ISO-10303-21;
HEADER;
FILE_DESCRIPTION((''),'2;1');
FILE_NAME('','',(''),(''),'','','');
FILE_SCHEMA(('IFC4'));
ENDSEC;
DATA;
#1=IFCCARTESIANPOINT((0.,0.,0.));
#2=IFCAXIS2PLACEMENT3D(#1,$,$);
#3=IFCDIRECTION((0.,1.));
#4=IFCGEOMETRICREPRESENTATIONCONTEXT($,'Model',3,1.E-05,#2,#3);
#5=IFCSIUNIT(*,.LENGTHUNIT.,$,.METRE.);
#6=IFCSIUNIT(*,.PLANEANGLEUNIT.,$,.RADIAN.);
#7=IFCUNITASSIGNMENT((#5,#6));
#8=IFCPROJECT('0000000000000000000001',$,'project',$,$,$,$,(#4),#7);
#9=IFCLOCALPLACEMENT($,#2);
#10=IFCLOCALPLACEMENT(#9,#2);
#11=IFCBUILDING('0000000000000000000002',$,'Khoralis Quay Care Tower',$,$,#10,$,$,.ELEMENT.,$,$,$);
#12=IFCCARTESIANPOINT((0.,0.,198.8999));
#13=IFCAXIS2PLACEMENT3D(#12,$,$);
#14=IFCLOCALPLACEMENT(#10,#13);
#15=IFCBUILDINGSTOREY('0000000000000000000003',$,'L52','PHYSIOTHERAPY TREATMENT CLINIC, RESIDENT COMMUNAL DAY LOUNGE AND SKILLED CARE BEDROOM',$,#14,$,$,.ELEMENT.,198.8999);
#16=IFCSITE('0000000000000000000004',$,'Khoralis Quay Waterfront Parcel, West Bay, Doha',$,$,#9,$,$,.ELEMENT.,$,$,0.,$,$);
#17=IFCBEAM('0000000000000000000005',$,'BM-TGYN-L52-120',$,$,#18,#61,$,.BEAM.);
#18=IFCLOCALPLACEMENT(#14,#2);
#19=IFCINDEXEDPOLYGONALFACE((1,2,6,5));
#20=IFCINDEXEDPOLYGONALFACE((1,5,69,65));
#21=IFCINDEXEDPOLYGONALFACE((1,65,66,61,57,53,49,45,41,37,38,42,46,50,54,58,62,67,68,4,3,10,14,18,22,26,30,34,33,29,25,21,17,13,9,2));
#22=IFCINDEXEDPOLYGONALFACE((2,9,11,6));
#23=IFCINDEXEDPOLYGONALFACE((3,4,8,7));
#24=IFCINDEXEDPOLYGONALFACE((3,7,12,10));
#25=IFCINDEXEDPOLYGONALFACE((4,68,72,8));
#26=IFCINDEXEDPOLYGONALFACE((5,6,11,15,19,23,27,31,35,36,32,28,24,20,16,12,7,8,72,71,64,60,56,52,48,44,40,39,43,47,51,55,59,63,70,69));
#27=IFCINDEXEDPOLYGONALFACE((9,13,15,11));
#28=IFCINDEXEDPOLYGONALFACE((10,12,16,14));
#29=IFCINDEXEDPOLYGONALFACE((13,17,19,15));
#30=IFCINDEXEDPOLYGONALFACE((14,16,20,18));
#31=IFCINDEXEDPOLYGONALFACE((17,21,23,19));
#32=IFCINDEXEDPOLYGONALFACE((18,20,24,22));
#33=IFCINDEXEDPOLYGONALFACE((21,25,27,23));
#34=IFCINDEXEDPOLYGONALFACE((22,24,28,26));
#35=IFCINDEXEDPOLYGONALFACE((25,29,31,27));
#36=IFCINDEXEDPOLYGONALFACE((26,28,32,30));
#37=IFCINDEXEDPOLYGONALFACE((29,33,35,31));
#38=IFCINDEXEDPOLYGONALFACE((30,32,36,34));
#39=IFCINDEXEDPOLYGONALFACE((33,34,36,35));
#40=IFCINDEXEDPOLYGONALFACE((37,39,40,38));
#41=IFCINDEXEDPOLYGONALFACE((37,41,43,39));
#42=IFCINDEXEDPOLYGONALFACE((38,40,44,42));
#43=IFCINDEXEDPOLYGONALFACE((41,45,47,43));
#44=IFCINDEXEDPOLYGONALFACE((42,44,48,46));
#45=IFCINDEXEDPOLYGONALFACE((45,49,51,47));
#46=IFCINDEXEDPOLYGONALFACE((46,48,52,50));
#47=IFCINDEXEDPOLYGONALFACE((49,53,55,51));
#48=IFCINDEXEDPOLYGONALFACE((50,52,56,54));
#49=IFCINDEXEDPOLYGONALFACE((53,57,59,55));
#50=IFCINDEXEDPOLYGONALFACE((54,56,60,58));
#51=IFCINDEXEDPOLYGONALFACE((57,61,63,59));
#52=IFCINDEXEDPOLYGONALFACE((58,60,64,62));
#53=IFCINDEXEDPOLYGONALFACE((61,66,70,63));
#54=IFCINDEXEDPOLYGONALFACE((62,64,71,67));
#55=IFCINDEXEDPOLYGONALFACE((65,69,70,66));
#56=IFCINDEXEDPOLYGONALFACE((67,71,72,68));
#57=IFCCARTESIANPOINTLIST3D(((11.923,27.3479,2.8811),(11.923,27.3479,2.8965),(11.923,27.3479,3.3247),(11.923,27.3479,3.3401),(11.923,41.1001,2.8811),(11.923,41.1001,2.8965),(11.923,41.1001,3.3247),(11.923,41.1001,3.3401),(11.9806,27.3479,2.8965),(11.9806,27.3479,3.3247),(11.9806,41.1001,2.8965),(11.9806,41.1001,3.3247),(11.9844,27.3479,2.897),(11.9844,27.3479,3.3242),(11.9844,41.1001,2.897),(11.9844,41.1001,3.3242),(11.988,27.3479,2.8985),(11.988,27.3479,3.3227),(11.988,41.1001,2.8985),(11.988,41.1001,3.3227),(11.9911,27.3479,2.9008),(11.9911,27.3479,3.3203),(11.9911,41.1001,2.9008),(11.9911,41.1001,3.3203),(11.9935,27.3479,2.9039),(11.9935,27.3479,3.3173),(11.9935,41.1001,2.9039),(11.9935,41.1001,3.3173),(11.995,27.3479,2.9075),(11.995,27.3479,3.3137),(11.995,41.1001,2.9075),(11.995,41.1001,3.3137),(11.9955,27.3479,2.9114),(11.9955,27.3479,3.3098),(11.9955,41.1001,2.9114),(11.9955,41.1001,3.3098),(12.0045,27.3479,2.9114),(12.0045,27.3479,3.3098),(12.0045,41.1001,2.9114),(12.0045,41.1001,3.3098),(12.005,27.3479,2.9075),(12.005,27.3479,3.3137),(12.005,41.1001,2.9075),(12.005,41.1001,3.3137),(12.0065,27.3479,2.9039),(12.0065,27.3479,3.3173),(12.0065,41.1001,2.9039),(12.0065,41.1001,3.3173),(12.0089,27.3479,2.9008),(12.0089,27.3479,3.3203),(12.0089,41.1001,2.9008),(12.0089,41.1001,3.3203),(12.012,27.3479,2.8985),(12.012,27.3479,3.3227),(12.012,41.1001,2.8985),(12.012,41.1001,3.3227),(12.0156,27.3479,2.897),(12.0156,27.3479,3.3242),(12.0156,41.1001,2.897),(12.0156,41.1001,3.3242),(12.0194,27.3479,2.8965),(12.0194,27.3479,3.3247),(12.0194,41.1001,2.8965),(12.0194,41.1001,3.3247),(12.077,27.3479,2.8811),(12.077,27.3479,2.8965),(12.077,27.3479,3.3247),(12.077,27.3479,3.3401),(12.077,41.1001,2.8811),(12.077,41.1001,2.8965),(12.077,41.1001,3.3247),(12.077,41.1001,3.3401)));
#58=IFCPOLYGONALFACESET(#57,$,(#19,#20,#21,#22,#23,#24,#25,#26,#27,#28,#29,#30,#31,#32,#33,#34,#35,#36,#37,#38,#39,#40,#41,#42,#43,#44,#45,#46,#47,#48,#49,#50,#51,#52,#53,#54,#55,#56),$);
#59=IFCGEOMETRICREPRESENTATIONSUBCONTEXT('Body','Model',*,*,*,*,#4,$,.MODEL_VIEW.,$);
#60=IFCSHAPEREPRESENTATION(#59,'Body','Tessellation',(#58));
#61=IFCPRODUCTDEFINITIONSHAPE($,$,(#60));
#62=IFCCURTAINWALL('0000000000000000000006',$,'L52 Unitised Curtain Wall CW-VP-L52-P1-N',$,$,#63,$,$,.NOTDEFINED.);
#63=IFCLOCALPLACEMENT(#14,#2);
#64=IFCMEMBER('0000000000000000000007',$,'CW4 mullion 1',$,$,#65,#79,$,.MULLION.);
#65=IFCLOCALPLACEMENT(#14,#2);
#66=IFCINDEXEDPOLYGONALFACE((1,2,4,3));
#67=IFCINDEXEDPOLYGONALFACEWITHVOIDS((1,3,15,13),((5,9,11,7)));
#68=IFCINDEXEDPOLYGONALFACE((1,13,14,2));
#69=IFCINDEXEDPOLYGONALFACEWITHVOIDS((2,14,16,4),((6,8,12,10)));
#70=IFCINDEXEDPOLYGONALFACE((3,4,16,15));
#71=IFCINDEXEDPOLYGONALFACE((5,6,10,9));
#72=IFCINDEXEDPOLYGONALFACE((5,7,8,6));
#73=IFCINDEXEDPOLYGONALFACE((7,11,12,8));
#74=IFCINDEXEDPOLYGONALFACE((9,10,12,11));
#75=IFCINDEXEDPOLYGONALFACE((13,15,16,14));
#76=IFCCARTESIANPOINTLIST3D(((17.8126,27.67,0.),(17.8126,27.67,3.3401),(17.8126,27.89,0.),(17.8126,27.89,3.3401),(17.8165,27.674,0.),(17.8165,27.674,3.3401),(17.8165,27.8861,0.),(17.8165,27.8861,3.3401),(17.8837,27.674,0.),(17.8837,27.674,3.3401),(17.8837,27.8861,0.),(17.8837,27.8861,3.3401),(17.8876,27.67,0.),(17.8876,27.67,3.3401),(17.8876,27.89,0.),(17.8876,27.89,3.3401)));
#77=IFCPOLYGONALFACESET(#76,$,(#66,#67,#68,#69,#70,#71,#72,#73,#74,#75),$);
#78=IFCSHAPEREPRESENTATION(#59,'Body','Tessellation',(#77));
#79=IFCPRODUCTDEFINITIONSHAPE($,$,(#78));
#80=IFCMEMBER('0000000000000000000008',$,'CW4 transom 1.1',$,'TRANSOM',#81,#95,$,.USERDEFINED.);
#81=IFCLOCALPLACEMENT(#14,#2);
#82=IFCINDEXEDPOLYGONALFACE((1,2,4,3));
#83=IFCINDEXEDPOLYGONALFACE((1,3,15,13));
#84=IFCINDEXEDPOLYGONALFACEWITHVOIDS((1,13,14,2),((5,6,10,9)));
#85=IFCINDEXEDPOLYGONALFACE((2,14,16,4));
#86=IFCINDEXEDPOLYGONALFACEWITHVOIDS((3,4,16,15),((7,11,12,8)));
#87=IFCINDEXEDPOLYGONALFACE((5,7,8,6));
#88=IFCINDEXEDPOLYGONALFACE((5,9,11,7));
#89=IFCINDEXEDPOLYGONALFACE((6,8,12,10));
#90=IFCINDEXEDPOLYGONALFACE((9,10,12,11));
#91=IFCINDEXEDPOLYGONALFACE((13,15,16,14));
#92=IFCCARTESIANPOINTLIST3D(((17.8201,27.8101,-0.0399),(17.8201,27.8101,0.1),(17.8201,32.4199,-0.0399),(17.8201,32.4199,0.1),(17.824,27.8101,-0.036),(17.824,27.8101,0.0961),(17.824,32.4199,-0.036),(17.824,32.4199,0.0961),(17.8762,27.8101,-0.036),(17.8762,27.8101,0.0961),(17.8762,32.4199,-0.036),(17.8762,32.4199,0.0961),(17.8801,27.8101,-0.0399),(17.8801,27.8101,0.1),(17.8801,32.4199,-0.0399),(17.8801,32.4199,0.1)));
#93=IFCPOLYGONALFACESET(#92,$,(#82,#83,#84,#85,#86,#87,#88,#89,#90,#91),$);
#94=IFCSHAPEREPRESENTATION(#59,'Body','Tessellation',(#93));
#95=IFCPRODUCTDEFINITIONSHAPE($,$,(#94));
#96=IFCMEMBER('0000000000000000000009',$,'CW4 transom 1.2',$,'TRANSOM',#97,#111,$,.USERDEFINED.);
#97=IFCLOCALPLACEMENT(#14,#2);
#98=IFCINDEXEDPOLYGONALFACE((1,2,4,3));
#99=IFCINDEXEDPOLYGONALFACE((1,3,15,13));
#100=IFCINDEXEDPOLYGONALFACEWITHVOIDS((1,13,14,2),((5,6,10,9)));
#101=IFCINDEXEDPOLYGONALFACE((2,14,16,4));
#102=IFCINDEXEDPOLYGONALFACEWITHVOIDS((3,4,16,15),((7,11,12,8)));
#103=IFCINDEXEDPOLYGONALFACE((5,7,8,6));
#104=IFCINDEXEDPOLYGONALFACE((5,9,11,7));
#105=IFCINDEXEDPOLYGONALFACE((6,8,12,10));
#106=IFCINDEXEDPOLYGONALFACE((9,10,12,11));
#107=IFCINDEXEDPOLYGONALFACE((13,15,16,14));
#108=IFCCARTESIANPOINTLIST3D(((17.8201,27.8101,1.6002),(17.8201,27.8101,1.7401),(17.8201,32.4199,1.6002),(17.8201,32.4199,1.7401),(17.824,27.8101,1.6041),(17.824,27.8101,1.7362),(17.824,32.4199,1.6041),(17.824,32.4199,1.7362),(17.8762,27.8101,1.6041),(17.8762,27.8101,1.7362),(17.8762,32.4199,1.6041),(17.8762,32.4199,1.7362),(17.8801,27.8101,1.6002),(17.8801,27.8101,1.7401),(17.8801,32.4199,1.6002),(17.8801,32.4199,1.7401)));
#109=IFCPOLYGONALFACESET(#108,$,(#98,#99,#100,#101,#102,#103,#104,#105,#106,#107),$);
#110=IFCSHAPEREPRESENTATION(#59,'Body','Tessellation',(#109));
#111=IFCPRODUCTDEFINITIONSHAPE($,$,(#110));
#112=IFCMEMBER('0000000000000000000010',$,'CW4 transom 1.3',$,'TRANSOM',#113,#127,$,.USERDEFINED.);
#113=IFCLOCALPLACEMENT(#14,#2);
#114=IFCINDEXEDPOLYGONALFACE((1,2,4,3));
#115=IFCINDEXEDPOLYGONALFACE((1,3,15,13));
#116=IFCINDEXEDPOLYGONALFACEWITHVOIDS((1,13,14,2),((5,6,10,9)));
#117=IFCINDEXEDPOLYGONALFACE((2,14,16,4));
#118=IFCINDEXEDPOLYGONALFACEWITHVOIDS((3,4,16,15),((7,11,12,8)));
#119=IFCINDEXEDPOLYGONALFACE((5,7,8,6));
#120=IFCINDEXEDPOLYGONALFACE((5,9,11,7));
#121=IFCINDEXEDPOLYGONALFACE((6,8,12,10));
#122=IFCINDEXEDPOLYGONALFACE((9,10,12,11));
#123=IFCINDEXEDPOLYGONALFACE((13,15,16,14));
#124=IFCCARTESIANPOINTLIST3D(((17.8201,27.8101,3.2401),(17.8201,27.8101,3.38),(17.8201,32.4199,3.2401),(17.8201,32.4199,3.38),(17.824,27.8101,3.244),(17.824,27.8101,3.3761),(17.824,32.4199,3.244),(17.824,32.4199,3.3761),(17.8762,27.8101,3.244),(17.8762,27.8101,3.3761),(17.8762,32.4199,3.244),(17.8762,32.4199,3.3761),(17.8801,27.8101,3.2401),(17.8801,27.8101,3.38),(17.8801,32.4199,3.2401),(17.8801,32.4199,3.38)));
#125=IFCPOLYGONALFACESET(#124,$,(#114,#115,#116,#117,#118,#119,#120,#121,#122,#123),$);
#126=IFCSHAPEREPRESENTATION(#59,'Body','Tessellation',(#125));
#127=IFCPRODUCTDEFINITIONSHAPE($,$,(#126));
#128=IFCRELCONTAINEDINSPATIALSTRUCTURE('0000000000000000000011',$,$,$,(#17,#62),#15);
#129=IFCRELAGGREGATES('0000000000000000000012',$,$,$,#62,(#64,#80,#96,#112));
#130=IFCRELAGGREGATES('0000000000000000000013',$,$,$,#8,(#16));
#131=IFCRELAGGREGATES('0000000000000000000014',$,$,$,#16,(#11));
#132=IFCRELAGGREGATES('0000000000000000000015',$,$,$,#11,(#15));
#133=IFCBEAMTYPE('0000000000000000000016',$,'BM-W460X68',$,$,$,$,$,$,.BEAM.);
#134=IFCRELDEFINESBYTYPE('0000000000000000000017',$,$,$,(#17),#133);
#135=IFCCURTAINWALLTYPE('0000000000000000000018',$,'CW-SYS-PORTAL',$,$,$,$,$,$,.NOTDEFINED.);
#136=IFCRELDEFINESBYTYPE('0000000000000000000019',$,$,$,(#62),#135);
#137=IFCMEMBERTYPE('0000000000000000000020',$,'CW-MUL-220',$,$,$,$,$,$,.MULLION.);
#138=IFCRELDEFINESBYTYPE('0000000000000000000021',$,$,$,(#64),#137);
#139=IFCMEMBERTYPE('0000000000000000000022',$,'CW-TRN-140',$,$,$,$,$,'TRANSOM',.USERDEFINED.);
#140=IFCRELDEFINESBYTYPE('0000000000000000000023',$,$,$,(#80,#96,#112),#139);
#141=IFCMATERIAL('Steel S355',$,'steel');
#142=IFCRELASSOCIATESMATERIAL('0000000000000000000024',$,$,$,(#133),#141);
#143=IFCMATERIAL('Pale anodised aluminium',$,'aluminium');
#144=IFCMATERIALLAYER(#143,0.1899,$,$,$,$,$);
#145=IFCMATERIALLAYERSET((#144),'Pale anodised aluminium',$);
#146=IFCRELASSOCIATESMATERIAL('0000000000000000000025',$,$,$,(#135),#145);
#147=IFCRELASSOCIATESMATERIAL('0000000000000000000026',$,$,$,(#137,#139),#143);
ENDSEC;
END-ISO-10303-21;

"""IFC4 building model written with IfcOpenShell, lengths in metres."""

from ifc_helpers import new_model, si_unit, direction, frame, origin, origin_2d, place, context, subcontext, project, spatial, hollow_rectangle, i_section, extrude, source, transform, mapped, material, layer, layer_set, material_profile, profile_set, type_object, element, aggregate, save


model = new_model("IFC4")

# Units and contexts
model_context = context("Model", 3, precision=1e-05, world=origin(), true_north=direction((0.0, 1.0)))
body_context = subcontext(model_context, "Body", "Model", "MODEL_VIEW")
ifc_project = project(units=[si_unit("LENGTHUNIT", "METRE"), si_unit("PLANEANGLEUNIT", "RADIAN")], contexts=[model_context])

# Site, building, storey
site_placement = place(None, origin())
site = spatial("IfcSite", under=ifc_project, at=site_placement, Name="Khoralis Quay Waterfront Parcel, West Bay, Doha", CompositionType="ELEMENT", RefElevation=0.0)
building_placement = place(site_placement, origin())
building = spatial("IfcBuilding", under=site, at=building_placement, Name="Khoralis Quay Care Tower", CompositionType="ELEMENT")
storey_placement = place(building_placement, frame((0.0, 0.0, 198.8999)))
storey = spatial("IfcBuildingStorey", under=building, at=storey_placement, Name="L52", Description="PHYSIOTHERAPY TREATMENT CLINIC, RESIDENT COMMUNAL DAY LOUNGE AND SKILLED CARE BEDROOM", CompositionType="ELEMENT", Elevation=198.8999)

# Beam
ifc_material_1 = material(Name="Steel S355", Category="steel")
ifc_material_profile_1 = material_profile(ifc_material_1, i_section(OverallWidth=0.1541, OverallDepth=0.459, WebThickness=0.009, FlangeThickness=0.0154, FilletRadius=0.0149, at=origin_2d()), Name="Steel S355")
ifc_profile_set_1 = profile_set([ifc_material_profile_1], Name="Steel S355")
beam_type = type_object("IfcBeamType", Name="BM-W460X68", PredefinedType="BEAM", material=ifc_profile_set_1)
shared_shape_1 = source(origin(), body_context, "Body", "SweptSolid", [
    extrude(i_section(OverallWidth=0.1541, OverallDepth=0.459, WebThickness=0.009, FlangeThickness=0.0154, FilletRadius=0.0149, at=origin_2d()), origin(), (0.0, 0.0, 1.0), 13.7522),
])
beam_placement = place(storey_placement, frame((12.0, 27.3479, 3.1106), z_axis=(0.0, 1.0, 0.0), x_axis=(-1.0, 0.0, 0.0)))
element("IfcBeam", 1, at=beam_placement, inside=storey, type_object=beam_type, Name="BM-TGYN-L52-120", PredefinedType="BEAM", context=body_context, shape_type="MappedRepresentation", body=[
    mapped(shared_shape_1, transform((0.0, 0.0, 0.0), scale=1.0)),
])

# Curtain wall, members
ifc_material_2 = material(Name="Pale anodised aluminium", Category="aluminium")
ifc_layer_1 = layer(ifc_material_2, 0.1899)
ifc_layer_set_1 = layer_set([ifc_layer_1], Name="Pale anodised aluminium")
curtain_wall_type = type_object("IfcCurtainWallType", Name="CW-SYS-PORTAL", PredefinedType="NOTDEFINED", material=ifc_layer_set_1)
curtain_wall_placement = place(storey_placement, origin())
curtain_wall = element("IfcCurtainWall", 2, at=curtain_wall_placement, inside=storey, type_object=curtain_wall_type, Name="L52 Unitised Curtain Wall CW-VP-L52-P1-N", PredefinedType="NOTDEFINED")
ifc_material_profile_2 = material_profile(ifc_material_2, hollow_rectangle(XDim=0.075, YDim=0.22, WallThickness=0.0039, at=origin_2d()), Name="Pale anodised aluminium")
ifc_profile_set_2 = profile_set([ifc_material_profile_2], Name="Pale anodised aluminium")
member_type_1 = type_object("IfcMemberType", Name="CW-MUL-220", PredefinedType="MULLION", material=ifc_profile_set_2)
shared_shape_2 = source(origin(), body_context, "Body", "SweptSolid", [
    extrude(hollow_rectangle(XDim=0.075, YDim=0.22, WallThickness=0.0039, at=origin_2d()), origin(), (0.0, 0.0, 1.0), 3.3401),
])
member_1_placement = place(storey_placement, frame((17.8501, 27.78, 0.0), z_axis=(0.0, 0.0, 1.0), x_axis=(-1.0, 0.0, 0.0)))
member_1 = element("IfcMember", 3, at=member_1_placement, type_object=member_type_1, Name="CW4 mullion 1", PredefinedType="MULLION", context=body_context, shape_type="MappedRepresentation", body=[
    mapped(shared_shape_2, transform((0.0, 0.0, 0.0), scale=1.0)),
])
ifc_material_profile_3 = material_profile(ifc_material_2, hollow_rectangle(XDim=0.0601, YDim=0.1399, WallThickness=0.0039, at=origin_2d()), Name="Pale anodised aluminium")
ifc_profile_set_3 = profile_set([ifc_material_profile_3], Name="Pale anodised aluminium")
member_type_2 = type_object("IfcMemberType", Name="CW-TRN-140", ElementType="TRANSOM", PredefinedType="USERDEFINED", material=ifc_profile_set_3)
shared_shape_3 = source(origin(), body_context, "Body", "SweptSolid", [
    extrude(hollow_rectangle(XDim=0.0601, YDim=0.1399, WallThickness=0.0039, at=origin_2d()), origin(), (0.0, 0.0, 1.0), 4.6099),
])
member_2_placement = place(storey_placement, frame((17.8501, 27.8101, 0.03), z_axis=(0.0, 1.0, 0.0), x_axis=(-1.0, 0.0, 0.0)))
member_2 = element("IfcMember", 4, at=member_2_placement, type_object=member_type_2, Name="CW4 transom 1.1", ObjectType="TRANSOM", PredefinedType="USERDEFINED", context=body_context, shape_type="MappedRepresentation", body=[
    mapped(shared_shape_3, transform((0.0, 0.0, 0.0), scale=1.0)),
])
member_3_placement = place(storey_placement, frame((17.8501, 27.8101, 1.6702), z_axis=(0.0, 1.0, 0.0), x_axis=(-1.0, 0.0, 0.0)))
member_3 = element("IfcMember", 5, at=member_3_placement, type_object=member_type_2, Name="CW4 transom 1.2", ObjectType="TRANSOM", PredefinedType="USERDEFINED", context=body_context, shape_type="MappedRepresentation", body=[
    mapped(shared_shape_3, transform((0.0, 0.0, 0.0), scale=1.0)),
])
member_4_placement = place(storey_placement, frame((17.8501, 27.8101, 3.3101), z_axis=(0.0, 1.0, 0.0), x_axis=(-1.0, 0.0, 0.0)))
member_4 = element("IfcMember", 6, at=member_4_placement, type_object=member_type_2, Name="CW4 transom 1.3", ObjectType="TRANSOM", PredefinedType="USERDEFINED", context=body_context, shape_type="MappedRepresentation", body=[
    mapped(shared_shape_3, transform((0.0, 0.0, 0.0), scale=1.0)),
])
aggregate(curtain_wall, [member_1, member_2, member_3, member_4])

save(model, "model.ifc")
